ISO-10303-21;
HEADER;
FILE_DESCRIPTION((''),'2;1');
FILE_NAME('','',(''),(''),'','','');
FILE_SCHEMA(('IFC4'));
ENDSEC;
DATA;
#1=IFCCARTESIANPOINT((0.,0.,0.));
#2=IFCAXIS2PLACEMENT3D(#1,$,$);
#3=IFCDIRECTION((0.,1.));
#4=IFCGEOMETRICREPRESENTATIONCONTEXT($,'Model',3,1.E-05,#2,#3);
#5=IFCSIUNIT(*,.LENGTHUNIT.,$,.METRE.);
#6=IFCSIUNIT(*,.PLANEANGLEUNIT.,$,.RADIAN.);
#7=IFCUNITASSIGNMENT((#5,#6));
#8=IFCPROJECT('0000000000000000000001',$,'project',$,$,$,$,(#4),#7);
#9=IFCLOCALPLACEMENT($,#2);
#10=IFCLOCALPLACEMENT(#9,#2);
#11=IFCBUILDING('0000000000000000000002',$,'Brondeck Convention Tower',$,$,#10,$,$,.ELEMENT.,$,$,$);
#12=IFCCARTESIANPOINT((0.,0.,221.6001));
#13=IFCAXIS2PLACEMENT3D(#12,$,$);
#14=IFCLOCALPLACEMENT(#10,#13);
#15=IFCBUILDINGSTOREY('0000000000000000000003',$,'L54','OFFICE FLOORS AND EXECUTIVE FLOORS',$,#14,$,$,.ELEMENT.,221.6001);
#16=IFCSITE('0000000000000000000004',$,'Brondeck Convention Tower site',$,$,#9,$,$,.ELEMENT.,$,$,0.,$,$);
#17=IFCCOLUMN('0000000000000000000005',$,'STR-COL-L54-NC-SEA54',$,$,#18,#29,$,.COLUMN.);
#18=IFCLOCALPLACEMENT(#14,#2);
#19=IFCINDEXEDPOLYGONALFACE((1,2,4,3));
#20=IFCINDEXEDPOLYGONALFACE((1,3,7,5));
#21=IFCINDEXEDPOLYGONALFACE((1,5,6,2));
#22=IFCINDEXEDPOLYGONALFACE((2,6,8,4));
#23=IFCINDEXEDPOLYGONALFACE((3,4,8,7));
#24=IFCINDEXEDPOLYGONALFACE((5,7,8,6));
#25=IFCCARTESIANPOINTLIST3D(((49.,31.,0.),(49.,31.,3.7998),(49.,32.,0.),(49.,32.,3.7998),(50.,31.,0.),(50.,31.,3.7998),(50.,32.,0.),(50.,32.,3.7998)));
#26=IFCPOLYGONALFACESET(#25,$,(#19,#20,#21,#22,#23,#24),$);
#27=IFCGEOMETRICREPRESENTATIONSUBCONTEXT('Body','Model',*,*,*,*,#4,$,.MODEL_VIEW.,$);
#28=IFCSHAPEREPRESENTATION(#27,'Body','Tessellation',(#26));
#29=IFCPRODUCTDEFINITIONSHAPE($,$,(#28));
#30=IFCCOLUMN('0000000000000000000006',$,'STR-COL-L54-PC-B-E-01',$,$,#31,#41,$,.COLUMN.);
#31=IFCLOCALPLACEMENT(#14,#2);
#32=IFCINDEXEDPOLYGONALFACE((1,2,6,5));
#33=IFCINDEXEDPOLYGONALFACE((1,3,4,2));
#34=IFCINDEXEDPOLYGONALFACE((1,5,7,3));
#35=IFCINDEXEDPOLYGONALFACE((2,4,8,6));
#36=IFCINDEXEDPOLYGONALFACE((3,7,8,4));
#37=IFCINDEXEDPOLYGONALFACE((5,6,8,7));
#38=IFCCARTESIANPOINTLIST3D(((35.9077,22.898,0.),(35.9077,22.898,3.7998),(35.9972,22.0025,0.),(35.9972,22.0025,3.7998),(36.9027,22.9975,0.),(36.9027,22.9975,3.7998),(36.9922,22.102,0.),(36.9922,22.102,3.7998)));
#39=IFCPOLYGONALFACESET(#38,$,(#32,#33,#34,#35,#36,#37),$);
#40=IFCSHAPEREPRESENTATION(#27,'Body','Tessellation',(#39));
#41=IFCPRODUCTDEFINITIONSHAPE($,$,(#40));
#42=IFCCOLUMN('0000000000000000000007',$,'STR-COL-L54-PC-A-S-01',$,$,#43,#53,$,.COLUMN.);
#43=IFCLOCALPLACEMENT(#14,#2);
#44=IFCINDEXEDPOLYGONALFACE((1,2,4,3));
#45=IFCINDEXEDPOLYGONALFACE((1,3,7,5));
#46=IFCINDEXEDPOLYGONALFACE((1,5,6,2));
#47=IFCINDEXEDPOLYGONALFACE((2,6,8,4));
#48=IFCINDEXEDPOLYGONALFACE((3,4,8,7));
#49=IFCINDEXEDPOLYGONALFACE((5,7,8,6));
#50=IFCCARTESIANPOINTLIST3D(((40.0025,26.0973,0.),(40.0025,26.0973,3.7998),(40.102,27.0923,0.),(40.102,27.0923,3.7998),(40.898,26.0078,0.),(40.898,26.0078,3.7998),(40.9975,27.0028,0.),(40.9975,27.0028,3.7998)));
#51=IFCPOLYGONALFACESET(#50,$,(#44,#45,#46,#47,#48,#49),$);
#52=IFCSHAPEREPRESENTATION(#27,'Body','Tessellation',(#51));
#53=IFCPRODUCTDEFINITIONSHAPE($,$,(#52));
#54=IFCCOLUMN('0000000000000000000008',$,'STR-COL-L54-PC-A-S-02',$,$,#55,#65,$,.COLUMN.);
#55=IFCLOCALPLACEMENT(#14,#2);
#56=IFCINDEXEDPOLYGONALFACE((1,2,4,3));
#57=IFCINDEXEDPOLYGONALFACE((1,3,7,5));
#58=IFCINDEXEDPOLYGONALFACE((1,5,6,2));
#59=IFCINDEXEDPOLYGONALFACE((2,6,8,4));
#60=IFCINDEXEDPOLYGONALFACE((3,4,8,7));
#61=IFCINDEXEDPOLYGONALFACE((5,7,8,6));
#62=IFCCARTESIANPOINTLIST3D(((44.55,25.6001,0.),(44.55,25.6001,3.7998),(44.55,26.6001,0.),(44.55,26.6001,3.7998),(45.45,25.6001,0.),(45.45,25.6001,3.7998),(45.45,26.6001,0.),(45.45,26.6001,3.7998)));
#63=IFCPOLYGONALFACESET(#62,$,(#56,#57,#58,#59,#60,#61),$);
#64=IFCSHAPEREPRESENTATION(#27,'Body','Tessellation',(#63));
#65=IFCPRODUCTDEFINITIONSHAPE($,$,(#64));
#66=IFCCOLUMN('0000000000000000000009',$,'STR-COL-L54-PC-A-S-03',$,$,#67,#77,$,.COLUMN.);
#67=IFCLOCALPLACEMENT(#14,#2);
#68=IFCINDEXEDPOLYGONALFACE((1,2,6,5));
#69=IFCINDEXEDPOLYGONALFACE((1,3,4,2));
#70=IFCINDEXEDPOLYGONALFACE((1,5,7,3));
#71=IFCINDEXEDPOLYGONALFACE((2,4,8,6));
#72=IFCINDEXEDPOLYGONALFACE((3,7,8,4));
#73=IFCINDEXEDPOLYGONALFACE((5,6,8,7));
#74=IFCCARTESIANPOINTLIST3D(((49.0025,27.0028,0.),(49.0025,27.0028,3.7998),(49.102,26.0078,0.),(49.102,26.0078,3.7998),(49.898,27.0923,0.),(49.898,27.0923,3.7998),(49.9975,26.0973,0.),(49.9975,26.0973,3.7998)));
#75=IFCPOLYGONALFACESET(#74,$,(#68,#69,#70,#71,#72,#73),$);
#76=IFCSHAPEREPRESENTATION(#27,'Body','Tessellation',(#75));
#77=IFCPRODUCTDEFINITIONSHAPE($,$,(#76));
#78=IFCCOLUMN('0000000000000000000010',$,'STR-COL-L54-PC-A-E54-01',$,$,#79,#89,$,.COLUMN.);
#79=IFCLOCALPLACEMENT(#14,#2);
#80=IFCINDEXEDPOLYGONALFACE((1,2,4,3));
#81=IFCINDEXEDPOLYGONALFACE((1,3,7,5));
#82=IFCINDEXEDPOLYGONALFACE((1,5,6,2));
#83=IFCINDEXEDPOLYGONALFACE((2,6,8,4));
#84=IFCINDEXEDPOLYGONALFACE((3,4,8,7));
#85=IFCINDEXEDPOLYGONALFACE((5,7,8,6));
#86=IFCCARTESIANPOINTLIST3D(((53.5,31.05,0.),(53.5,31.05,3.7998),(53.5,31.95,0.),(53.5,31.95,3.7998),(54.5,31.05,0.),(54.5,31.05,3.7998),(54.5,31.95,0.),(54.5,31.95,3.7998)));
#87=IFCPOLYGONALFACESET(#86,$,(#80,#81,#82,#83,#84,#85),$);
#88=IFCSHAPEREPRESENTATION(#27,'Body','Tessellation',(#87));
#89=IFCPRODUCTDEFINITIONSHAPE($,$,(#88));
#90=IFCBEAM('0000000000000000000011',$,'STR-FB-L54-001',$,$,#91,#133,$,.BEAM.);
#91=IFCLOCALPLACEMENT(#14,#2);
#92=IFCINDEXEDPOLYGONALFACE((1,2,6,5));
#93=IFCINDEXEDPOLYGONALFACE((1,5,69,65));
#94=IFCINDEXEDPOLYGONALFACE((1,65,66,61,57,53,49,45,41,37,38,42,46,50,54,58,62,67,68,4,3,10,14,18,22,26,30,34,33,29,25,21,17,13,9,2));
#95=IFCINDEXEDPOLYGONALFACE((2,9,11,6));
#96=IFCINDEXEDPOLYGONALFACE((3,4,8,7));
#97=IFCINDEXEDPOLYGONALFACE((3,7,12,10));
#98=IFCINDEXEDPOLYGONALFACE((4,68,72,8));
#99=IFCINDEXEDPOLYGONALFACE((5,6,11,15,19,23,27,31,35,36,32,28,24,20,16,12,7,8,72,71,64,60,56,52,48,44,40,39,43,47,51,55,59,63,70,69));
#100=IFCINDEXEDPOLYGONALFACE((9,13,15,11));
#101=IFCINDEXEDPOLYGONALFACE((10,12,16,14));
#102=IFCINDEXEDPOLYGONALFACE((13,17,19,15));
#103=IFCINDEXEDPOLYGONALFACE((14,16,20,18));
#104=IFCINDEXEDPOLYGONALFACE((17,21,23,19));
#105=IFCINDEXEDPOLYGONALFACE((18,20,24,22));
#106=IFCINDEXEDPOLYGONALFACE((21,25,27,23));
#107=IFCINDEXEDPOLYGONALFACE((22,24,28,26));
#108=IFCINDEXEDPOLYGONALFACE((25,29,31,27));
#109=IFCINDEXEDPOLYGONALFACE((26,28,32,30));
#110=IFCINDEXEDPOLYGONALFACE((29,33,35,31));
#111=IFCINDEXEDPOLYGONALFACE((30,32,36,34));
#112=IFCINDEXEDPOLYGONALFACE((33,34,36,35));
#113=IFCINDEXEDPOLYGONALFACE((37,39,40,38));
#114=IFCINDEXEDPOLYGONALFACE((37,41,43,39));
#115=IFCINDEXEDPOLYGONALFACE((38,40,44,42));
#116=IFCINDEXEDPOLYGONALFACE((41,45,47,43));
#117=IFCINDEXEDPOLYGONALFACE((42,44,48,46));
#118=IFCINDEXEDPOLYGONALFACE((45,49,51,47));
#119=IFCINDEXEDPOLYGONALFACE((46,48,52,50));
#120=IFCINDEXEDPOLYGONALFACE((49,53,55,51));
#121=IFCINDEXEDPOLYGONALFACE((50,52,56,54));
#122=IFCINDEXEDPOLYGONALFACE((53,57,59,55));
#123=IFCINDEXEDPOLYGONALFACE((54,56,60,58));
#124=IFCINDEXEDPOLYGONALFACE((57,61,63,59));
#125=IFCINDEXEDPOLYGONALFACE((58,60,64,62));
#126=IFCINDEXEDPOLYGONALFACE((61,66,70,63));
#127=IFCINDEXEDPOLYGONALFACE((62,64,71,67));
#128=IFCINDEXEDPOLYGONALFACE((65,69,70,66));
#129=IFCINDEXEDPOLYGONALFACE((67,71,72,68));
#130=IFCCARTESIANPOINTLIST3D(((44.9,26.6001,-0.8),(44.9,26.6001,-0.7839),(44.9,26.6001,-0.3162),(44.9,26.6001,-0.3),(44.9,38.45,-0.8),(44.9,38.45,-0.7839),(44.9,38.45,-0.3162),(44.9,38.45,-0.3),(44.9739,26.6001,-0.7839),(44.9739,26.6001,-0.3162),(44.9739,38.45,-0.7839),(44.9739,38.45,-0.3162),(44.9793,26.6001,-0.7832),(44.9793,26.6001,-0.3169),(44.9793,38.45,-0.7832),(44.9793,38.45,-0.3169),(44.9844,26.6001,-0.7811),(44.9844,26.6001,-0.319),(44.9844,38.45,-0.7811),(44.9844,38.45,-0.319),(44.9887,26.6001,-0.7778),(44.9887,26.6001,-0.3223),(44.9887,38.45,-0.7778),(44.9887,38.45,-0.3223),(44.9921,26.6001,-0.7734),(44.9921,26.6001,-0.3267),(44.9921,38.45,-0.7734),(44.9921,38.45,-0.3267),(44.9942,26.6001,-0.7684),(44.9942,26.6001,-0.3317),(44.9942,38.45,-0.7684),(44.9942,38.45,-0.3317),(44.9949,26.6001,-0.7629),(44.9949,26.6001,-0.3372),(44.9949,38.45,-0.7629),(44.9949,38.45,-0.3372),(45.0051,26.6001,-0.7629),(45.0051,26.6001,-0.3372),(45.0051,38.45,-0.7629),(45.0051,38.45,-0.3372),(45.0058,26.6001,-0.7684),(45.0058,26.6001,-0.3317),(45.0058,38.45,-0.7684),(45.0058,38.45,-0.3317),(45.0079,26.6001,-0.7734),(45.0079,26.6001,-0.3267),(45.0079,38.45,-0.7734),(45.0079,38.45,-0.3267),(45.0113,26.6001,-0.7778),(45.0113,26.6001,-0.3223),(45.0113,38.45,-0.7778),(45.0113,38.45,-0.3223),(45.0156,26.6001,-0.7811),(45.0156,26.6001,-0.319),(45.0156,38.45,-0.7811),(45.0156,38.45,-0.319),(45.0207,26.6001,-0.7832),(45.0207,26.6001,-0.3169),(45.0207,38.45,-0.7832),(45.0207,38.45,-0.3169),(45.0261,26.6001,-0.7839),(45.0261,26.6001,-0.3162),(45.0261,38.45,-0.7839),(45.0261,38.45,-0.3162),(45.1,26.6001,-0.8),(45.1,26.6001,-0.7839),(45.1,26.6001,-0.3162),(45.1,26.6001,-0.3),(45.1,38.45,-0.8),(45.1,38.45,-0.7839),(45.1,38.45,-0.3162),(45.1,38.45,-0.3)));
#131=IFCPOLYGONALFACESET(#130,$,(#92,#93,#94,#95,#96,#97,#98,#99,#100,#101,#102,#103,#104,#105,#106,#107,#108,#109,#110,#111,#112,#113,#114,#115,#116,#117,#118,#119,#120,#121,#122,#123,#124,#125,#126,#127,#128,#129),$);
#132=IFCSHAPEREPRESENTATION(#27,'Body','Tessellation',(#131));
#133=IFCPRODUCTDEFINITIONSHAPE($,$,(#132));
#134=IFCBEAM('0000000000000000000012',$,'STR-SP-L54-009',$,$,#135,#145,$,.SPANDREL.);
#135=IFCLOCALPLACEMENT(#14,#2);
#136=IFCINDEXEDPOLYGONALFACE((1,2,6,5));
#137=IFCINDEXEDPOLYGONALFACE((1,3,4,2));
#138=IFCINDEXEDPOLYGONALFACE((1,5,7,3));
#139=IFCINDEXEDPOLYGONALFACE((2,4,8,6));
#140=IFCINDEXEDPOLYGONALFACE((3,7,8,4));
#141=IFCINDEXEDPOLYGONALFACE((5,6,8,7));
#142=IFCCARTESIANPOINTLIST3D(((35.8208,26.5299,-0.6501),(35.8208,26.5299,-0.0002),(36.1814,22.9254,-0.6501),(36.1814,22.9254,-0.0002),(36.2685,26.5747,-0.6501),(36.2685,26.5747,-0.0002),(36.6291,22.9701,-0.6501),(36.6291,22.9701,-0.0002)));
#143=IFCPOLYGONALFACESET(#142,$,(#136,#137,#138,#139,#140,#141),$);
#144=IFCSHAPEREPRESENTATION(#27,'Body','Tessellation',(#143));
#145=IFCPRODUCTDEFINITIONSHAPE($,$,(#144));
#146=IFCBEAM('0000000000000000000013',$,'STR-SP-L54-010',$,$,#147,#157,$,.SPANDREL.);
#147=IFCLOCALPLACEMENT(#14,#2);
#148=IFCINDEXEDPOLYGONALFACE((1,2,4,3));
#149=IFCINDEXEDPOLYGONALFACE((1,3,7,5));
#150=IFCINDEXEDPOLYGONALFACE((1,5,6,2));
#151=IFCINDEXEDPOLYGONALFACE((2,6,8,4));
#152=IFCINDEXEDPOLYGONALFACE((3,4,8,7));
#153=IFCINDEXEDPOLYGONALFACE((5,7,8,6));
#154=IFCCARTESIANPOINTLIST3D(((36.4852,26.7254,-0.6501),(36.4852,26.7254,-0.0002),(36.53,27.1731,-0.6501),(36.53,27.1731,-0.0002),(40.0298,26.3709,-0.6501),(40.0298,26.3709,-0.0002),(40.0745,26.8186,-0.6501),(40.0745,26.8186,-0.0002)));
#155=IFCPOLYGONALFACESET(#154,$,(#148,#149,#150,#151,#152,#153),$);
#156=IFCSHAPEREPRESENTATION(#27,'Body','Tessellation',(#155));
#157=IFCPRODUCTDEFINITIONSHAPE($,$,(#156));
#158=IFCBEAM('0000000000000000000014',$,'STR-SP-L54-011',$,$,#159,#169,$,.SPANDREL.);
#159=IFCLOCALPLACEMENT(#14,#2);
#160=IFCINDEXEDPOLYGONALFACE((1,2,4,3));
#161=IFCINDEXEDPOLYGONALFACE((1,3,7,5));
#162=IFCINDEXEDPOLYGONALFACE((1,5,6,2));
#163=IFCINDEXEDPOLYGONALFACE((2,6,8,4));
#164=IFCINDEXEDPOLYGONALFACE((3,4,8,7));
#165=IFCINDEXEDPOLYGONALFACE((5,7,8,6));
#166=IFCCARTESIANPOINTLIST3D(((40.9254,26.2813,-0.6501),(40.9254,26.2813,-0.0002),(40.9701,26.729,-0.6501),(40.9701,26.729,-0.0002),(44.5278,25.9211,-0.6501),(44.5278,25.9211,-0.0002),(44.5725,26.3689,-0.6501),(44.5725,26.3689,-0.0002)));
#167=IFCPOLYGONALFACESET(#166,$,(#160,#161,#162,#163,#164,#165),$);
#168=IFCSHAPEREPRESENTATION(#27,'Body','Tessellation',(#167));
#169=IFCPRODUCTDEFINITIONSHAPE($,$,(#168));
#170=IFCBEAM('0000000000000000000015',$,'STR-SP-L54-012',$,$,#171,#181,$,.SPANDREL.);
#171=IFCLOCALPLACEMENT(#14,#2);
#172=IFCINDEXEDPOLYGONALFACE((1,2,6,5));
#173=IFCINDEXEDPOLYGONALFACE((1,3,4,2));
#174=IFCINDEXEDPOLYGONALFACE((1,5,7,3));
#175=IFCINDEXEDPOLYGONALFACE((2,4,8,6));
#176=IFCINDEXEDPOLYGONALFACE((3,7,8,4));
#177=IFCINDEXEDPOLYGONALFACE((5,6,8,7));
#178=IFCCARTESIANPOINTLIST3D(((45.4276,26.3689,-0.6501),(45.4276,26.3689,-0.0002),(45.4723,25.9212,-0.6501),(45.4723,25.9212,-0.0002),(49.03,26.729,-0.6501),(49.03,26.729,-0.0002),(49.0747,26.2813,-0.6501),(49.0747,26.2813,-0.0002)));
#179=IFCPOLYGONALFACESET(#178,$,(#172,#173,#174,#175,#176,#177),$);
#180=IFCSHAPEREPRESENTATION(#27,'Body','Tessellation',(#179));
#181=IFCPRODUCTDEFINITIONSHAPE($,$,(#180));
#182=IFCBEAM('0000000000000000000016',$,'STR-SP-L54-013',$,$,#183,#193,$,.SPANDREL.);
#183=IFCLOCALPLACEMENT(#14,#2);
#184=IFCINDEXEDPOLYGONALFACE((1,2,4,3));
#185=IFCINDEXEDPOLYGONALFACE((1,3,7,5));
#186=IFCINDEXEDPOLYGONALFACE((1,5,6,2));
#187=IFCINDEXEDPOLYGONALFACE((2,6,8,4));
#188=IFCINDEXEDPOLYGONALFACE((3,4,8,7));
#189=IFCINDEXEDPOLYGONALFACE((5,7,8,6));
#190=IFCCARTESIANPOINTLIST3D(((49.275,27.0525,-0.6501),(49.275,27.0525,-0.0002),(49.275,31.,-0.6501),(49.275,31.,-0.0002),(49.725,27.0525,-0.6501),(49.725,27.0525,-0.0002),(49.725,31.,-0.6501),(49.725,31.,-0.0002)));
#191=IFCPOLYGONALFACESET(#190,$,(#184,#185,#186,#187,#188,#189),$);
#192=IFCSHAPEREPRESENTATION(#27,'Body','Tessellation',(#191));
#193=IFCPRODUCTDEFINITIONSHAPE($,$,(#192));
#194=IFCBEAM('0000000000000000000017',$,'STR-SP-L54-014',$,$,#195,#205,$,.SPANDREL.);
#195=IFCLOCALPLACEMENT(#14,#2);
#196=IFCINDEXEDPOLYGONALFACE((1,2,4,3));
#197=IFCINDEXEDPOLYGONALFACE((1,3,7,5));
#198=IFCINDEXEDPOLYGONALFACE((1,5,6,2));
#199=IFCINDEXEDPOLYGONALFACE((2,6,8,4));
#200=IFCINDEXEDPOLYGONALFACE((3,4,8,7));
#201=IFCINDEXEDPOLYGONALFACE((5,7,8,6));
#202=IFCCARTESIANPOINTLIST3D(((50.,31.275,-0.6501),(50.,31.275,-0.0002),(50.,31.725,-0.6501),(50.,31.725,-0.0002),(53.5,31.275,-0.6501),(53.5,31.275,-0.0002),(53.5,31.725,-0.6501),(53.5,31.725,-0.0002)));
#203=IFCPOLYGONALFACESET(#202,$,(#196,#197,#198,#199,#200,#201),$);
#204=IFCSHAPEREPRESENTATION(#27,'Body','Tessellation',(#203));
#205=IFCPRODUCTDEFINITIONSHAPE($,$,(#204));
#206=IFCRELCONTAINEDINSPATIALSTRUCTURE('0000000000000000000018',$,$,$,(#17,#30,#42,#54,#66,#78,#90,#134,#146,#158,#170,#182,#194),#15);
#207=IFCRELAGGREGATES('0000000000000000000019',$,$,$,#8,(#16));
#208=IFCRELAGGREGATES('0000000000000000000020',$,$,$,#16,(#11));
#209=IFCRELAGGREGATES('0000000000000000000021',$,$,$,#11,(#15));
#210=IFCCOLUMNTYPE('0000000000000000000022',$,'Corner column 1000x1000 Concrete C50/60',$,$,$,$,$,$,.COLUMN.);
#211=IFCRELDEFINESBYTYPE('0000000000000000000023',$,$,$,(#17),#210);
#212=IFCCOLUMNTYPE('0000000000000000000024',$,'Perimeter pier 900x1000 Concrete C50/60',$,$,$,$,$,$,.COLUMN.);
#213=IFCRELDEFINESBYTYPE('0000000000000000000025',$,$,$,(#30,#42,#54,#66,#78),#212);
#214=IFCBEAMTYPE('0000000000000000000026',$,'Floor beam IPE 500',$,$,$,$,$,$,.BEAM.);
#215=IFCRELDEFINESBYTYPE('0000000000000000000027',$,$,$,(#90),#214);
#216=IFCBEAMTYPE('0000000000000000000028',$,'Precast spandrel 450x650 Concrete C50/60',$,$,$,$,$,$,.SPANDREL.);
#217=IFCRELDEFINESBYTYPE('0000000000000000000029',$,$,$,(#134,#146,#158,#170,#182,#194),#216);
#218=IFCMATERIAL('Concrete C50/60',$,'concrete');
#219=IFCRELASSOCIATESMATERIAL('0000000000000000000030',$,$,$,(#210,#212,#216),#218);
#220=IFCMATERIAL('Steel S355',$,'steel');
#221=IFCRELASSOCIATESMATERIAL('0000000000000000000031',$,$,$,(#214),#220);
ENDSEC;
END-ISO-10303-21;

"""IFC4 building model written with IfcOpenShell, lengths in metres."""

from ifc_helpers import new_model, si_unit, direction, frame, origin, origin_2d, place, context, subcontext, project, spatial, rectangle, i_section, extrude, material, material_profile, profile_set, type_object, element, save


model = new_model("IFC4")

# Units and contexts
model_context = context("Model", 3, precision=1e-05, world=origin(), true_north=direction((0.0, 1.0)))
body_context = subcontext(model_context, "Body", "Model", "MODEL_VIEW")
ifc_project = project(units=[si_unit("LENGTHUNIT", "METRE"), si_unit("PLANEANGLEUNIT", "RADIAN")], contexts=[model_context])

# Site, building, storey
site_placement = place(None, origin())
site = spatial("IfcSite", under=ifc_project, at=site_placement, Name="Brondeck Convention Tower site", CompositionType="ELEMENT", RefElevation=0.0)
building_placement = place(site_placement, origin())
building = spatial("IfcBuilding", under=site, at=building_placement, Name="Brondeck Convention Tower", CompositionType="ELEMENT")
storey_placement = place(building_placement, frame((0.0, 0.0, 221.6001)))
storey = spatial("IfcBuildingStorey", under=building, at=storey_placement, Name="L54", Description="OFFICE FLOORS AND EXECUTIVE FLOORS", CompositionType="ELEMENT", Elevation=221.6001)

# Columns
ifc_material_1 = material(Name="Concrete C50/60", Category="concrete")
ifc_material_profile_1 = material_profile(ifc_material_1, rectangle(XDim=1.0, YDim=1.0, at=origin_2d()), Name="Corner column 1000x1000 Concrete C50/60")
ifc_profile_set_1 = profile_set([ifc_material_profile_1], Name="Concrete C50/60")
column_type_1 = type_object("IfcColumnType", Name="Corner column 1000x1000 Concrete C50/60", PredefinedType="COLUMN", material=ifc_profile_set_1)
column_placement = place(storey_placement, frame((49.5, 31.5, 0.0), z_axis=(0.0, 0.0, 1.0), x_axis=(1.0, 0.0, 0.0)))
element("IfcColumn", 1, at=column_placement, inside=storey, type_object=column_type_1, Name="STR-COL-L54-NC-SEA54", PredefinedType="COLUMN", context=body_context, shape_type="SweptSolid", body=[
    extrude(rectangle(XDim=1.0, YDim=1.0, at=origin_2d()), origin(), (0.0, 0.0, 1.0), 3.7998),
])
ifc_material_profile_2 = material_profile(ifc_material_1, rectangle(XDim=0.8999, YDim=1.0, at=origin_2d()), Name="Perimeter pier 900x1000 Concrete C50/60")
ifc_profile_set_2 = profile_set([ifc_material_profile_2], Name="Concrete C50/60")
column_type_2 = type_object("IfcColumnType", Name="Perimeter pier 900x1000 Concrete C50/60", PredefinedType="COLUMN", material=ifc_profile_set_2)
for number, where, z_axis, x_axis, name in (
    (2, (36.45, 22.5, 0.0), (0.0, 0.0, 1.0), (-0.099504, 0.995037, 0.0), "STR-COL-L54-PC-B-E-01"),
    (3, (40.5, 26.55, 0.0), (0.0, 0.0, 1.0), (0.995037, -0.099504, 0.0), "STR-COL-L54-PC-A-S-01"),
    (4, (45.0, 26.1001, 0.0), (0.0, 0.0, 1.0), (1.0, 0.0, 0.0), "STR-COL-L54-PC-A-S-02"),
    (5, (49.5, 26.55, 0.0), (0.0, 0.0, 1.0), (0.995037, 0.099504, 0.0), "STR-COL-L54-PC-A-S-03"),
    (6, (54.0, 31.5, 0.0), (0.0, 0.0, 1.0), (0.0, 1.0, 0.0), "STR-COL-L54-PC-A-E54-01"),
):
    element("IfcColumn", number, at=place(storey_placement, frame(where, z_axis=z_axis, x_axis=x_axis)), inside=storey, type_object=column_type_2, Name=name, PredefinedType="COLUMN", context=body_context, shape_type="SweptSolid", body=[
        extrude(rectangle(XDim=0.8999, YDim=1.0, at=origin_2d()), origin(), (0.0, 0.0, 1.0), 3.7998),
    ])

# Beams
ifc_material_2 = material(Name="Steel S355", Category="steel")
ifc_material_profile_3 = material_profile(ifc_material_2, i_section(OverallWidth=0.2, OverallDepth=0.5, WebThickness=0.0103, FlangeThickness=0.0161, FilletRadius=0.021, at=origin_2d()), Name="IPE 500")
ifc_profile_set_3 = profile_set([ifc_material_profile_3], Name="Steel S355")
beam_type_1 = type_object("IfcBeamType", Name="Floor beam IPE 500", PredefinedType="BEAM", material=ifc_profile_set_3)
beam_1_placement = place(storey_placement, frame((45.0, 26.6001, -0.55), z_axis=(0.0, 1.0, 0.0), x_axis=(-1.0, 0.0, 0.0)))
element("IfcBeam", 7, at=beam_1_placement, inside=storey, type_object=beam_type_1, Name="STR-FB-L54-001", PredefinedType="BEAM", context=body_context, shape_type="SweptSolid", body=[
    extrude(i_section(OverallWidth=0.2, OverallDepth=0.5, WebThickness=0.0103, FlangeThickness=0.0161, FilletRadius=0.021, at=origin_2d()), origin(), (0.0, 0.0, 1.0), 11.8499),
])
ifc_material_profile_4 = material_profile(ifc_material_1, rectangle(XDim=0.45, YDim=0.6499, at=origin_2d()), Name="Precast spandrel 450x650 Concrete C50/60")
ifc_profile_set_4 = profile_set([ifc_material_profile_4], Name="Concrete C50/60")
beam_type_2 = type_object("IfcBeamType", Name="Precast spandrel 450x650 Concrete C50/60", PredefinedType="SPANDREL", material=ifc_profile_set_4)
beam_2_placement = place(storey_placement, frame((36.4053, 22.9478, -0.3252), z_axis=(-0.099544, 0.995033, 0.0), x_axis=(-0.995033, -0.099544, 0.0)))
element("IfcBeam", 8, at=beam_2_placement, inside=storey, type_object=beam_type_2, Name="STR-SP-L54-009", PredefinedType="SPANDREL", context=body_context, shape_type="SweptSolid", body=[
    extrude(rectangle(XDim=0.45, YDim=0.6499, at=origin_2d()), origin(), (0.0, 0.0, 1.0), 3.6226),
])
beam_3_placement = place(storey_placement, frame((36.5076, 26.9492, -0.3252), z_axis=(0.995037, -0.099511, 0.0), x_axis=(0.099511, 0.995037, 0.0)))
element("IfcBeam", 9, at=beam_3_placement, inside=storey, type_object=beam_type_2, Name="STR-SP-L54-010", PredefinedType="SPANDREL", context=body_context, shape_type="SweptSolid", body=[
    extrude(rectangle(XDim=0.45, YDim=0.6499, at=origin_2d()), origin(), (0.0, 0.0, 1.0), 3.5623),
])
for number, where, z_axis, x_axis, name in (
    (10, (40.9478, 26.5051, -0.3252), (0.995041, -0.09947, 0.0), (0.09947, 0.995041, 0.0), "STR-SP-L54-011"),
    (11, (45.45, 26.145, -0.3252), (0.995041, 0.09947, 0.0), (-0.09947, 0.995041, 0.0), "STR-SP-L54-012"),
):
    element("IfcBeam", number, at=place(storey_placement, frame(where, z_axis=z_axis, x_axis=x_axis)), inside=storey, type_object=beam_type_2, Name=name, PredefinedType="SPANDREL", context=body_context, shape_type="SweptSolid", body=[
        extrude(rectangle(XDim=0.45, YDim=0.6499, at=origin_2d()), origin(), (0.0, 0.0, 1.0), 3.6204),
    ])
beam_4_placement = place(storey_placement, frame((49.5, 27.0525, -0.3252), z_axis=(0.0, 1.0, 0.0), x_axis=(-1.0, 0.0, 0.0)))
element("IfcBeam", 12, at=beam_4_placement, inside=storey, type_object=beam_type_2, Name="STR-SP-L54-013", PredefinedType="SPANDREL", context=body_context, shape_type="SweptSolid", body=[
    extrude(rectangle(XDim=0.45, YDim=0.6499, at=origin_2d()), origin(), (0.0, 0.0, 1.0), 3.9475),
])
beam_5_placement = place(storey_placement, frame((50.0, 31.5, -0.3252), z_axis=(1.0, 0.0, 0.0), x_axis=(0.0, 1.0, 0.0)))
element("IfcBeam", 13, at=beam_5_placement, inside=storey, type_object=beam_type_2, Name="STR-SP-L54-014", PredefinedType="SPANDREL", context=body_context, shape_type="SweptSolid", body=[
    extrude(rectangle(XDim=0.45, YDim=0.6499, at=origin_2d()), origin(), (0.0, 0.0, 1.0), 3.5),
])

save(model, "model.ifc")
